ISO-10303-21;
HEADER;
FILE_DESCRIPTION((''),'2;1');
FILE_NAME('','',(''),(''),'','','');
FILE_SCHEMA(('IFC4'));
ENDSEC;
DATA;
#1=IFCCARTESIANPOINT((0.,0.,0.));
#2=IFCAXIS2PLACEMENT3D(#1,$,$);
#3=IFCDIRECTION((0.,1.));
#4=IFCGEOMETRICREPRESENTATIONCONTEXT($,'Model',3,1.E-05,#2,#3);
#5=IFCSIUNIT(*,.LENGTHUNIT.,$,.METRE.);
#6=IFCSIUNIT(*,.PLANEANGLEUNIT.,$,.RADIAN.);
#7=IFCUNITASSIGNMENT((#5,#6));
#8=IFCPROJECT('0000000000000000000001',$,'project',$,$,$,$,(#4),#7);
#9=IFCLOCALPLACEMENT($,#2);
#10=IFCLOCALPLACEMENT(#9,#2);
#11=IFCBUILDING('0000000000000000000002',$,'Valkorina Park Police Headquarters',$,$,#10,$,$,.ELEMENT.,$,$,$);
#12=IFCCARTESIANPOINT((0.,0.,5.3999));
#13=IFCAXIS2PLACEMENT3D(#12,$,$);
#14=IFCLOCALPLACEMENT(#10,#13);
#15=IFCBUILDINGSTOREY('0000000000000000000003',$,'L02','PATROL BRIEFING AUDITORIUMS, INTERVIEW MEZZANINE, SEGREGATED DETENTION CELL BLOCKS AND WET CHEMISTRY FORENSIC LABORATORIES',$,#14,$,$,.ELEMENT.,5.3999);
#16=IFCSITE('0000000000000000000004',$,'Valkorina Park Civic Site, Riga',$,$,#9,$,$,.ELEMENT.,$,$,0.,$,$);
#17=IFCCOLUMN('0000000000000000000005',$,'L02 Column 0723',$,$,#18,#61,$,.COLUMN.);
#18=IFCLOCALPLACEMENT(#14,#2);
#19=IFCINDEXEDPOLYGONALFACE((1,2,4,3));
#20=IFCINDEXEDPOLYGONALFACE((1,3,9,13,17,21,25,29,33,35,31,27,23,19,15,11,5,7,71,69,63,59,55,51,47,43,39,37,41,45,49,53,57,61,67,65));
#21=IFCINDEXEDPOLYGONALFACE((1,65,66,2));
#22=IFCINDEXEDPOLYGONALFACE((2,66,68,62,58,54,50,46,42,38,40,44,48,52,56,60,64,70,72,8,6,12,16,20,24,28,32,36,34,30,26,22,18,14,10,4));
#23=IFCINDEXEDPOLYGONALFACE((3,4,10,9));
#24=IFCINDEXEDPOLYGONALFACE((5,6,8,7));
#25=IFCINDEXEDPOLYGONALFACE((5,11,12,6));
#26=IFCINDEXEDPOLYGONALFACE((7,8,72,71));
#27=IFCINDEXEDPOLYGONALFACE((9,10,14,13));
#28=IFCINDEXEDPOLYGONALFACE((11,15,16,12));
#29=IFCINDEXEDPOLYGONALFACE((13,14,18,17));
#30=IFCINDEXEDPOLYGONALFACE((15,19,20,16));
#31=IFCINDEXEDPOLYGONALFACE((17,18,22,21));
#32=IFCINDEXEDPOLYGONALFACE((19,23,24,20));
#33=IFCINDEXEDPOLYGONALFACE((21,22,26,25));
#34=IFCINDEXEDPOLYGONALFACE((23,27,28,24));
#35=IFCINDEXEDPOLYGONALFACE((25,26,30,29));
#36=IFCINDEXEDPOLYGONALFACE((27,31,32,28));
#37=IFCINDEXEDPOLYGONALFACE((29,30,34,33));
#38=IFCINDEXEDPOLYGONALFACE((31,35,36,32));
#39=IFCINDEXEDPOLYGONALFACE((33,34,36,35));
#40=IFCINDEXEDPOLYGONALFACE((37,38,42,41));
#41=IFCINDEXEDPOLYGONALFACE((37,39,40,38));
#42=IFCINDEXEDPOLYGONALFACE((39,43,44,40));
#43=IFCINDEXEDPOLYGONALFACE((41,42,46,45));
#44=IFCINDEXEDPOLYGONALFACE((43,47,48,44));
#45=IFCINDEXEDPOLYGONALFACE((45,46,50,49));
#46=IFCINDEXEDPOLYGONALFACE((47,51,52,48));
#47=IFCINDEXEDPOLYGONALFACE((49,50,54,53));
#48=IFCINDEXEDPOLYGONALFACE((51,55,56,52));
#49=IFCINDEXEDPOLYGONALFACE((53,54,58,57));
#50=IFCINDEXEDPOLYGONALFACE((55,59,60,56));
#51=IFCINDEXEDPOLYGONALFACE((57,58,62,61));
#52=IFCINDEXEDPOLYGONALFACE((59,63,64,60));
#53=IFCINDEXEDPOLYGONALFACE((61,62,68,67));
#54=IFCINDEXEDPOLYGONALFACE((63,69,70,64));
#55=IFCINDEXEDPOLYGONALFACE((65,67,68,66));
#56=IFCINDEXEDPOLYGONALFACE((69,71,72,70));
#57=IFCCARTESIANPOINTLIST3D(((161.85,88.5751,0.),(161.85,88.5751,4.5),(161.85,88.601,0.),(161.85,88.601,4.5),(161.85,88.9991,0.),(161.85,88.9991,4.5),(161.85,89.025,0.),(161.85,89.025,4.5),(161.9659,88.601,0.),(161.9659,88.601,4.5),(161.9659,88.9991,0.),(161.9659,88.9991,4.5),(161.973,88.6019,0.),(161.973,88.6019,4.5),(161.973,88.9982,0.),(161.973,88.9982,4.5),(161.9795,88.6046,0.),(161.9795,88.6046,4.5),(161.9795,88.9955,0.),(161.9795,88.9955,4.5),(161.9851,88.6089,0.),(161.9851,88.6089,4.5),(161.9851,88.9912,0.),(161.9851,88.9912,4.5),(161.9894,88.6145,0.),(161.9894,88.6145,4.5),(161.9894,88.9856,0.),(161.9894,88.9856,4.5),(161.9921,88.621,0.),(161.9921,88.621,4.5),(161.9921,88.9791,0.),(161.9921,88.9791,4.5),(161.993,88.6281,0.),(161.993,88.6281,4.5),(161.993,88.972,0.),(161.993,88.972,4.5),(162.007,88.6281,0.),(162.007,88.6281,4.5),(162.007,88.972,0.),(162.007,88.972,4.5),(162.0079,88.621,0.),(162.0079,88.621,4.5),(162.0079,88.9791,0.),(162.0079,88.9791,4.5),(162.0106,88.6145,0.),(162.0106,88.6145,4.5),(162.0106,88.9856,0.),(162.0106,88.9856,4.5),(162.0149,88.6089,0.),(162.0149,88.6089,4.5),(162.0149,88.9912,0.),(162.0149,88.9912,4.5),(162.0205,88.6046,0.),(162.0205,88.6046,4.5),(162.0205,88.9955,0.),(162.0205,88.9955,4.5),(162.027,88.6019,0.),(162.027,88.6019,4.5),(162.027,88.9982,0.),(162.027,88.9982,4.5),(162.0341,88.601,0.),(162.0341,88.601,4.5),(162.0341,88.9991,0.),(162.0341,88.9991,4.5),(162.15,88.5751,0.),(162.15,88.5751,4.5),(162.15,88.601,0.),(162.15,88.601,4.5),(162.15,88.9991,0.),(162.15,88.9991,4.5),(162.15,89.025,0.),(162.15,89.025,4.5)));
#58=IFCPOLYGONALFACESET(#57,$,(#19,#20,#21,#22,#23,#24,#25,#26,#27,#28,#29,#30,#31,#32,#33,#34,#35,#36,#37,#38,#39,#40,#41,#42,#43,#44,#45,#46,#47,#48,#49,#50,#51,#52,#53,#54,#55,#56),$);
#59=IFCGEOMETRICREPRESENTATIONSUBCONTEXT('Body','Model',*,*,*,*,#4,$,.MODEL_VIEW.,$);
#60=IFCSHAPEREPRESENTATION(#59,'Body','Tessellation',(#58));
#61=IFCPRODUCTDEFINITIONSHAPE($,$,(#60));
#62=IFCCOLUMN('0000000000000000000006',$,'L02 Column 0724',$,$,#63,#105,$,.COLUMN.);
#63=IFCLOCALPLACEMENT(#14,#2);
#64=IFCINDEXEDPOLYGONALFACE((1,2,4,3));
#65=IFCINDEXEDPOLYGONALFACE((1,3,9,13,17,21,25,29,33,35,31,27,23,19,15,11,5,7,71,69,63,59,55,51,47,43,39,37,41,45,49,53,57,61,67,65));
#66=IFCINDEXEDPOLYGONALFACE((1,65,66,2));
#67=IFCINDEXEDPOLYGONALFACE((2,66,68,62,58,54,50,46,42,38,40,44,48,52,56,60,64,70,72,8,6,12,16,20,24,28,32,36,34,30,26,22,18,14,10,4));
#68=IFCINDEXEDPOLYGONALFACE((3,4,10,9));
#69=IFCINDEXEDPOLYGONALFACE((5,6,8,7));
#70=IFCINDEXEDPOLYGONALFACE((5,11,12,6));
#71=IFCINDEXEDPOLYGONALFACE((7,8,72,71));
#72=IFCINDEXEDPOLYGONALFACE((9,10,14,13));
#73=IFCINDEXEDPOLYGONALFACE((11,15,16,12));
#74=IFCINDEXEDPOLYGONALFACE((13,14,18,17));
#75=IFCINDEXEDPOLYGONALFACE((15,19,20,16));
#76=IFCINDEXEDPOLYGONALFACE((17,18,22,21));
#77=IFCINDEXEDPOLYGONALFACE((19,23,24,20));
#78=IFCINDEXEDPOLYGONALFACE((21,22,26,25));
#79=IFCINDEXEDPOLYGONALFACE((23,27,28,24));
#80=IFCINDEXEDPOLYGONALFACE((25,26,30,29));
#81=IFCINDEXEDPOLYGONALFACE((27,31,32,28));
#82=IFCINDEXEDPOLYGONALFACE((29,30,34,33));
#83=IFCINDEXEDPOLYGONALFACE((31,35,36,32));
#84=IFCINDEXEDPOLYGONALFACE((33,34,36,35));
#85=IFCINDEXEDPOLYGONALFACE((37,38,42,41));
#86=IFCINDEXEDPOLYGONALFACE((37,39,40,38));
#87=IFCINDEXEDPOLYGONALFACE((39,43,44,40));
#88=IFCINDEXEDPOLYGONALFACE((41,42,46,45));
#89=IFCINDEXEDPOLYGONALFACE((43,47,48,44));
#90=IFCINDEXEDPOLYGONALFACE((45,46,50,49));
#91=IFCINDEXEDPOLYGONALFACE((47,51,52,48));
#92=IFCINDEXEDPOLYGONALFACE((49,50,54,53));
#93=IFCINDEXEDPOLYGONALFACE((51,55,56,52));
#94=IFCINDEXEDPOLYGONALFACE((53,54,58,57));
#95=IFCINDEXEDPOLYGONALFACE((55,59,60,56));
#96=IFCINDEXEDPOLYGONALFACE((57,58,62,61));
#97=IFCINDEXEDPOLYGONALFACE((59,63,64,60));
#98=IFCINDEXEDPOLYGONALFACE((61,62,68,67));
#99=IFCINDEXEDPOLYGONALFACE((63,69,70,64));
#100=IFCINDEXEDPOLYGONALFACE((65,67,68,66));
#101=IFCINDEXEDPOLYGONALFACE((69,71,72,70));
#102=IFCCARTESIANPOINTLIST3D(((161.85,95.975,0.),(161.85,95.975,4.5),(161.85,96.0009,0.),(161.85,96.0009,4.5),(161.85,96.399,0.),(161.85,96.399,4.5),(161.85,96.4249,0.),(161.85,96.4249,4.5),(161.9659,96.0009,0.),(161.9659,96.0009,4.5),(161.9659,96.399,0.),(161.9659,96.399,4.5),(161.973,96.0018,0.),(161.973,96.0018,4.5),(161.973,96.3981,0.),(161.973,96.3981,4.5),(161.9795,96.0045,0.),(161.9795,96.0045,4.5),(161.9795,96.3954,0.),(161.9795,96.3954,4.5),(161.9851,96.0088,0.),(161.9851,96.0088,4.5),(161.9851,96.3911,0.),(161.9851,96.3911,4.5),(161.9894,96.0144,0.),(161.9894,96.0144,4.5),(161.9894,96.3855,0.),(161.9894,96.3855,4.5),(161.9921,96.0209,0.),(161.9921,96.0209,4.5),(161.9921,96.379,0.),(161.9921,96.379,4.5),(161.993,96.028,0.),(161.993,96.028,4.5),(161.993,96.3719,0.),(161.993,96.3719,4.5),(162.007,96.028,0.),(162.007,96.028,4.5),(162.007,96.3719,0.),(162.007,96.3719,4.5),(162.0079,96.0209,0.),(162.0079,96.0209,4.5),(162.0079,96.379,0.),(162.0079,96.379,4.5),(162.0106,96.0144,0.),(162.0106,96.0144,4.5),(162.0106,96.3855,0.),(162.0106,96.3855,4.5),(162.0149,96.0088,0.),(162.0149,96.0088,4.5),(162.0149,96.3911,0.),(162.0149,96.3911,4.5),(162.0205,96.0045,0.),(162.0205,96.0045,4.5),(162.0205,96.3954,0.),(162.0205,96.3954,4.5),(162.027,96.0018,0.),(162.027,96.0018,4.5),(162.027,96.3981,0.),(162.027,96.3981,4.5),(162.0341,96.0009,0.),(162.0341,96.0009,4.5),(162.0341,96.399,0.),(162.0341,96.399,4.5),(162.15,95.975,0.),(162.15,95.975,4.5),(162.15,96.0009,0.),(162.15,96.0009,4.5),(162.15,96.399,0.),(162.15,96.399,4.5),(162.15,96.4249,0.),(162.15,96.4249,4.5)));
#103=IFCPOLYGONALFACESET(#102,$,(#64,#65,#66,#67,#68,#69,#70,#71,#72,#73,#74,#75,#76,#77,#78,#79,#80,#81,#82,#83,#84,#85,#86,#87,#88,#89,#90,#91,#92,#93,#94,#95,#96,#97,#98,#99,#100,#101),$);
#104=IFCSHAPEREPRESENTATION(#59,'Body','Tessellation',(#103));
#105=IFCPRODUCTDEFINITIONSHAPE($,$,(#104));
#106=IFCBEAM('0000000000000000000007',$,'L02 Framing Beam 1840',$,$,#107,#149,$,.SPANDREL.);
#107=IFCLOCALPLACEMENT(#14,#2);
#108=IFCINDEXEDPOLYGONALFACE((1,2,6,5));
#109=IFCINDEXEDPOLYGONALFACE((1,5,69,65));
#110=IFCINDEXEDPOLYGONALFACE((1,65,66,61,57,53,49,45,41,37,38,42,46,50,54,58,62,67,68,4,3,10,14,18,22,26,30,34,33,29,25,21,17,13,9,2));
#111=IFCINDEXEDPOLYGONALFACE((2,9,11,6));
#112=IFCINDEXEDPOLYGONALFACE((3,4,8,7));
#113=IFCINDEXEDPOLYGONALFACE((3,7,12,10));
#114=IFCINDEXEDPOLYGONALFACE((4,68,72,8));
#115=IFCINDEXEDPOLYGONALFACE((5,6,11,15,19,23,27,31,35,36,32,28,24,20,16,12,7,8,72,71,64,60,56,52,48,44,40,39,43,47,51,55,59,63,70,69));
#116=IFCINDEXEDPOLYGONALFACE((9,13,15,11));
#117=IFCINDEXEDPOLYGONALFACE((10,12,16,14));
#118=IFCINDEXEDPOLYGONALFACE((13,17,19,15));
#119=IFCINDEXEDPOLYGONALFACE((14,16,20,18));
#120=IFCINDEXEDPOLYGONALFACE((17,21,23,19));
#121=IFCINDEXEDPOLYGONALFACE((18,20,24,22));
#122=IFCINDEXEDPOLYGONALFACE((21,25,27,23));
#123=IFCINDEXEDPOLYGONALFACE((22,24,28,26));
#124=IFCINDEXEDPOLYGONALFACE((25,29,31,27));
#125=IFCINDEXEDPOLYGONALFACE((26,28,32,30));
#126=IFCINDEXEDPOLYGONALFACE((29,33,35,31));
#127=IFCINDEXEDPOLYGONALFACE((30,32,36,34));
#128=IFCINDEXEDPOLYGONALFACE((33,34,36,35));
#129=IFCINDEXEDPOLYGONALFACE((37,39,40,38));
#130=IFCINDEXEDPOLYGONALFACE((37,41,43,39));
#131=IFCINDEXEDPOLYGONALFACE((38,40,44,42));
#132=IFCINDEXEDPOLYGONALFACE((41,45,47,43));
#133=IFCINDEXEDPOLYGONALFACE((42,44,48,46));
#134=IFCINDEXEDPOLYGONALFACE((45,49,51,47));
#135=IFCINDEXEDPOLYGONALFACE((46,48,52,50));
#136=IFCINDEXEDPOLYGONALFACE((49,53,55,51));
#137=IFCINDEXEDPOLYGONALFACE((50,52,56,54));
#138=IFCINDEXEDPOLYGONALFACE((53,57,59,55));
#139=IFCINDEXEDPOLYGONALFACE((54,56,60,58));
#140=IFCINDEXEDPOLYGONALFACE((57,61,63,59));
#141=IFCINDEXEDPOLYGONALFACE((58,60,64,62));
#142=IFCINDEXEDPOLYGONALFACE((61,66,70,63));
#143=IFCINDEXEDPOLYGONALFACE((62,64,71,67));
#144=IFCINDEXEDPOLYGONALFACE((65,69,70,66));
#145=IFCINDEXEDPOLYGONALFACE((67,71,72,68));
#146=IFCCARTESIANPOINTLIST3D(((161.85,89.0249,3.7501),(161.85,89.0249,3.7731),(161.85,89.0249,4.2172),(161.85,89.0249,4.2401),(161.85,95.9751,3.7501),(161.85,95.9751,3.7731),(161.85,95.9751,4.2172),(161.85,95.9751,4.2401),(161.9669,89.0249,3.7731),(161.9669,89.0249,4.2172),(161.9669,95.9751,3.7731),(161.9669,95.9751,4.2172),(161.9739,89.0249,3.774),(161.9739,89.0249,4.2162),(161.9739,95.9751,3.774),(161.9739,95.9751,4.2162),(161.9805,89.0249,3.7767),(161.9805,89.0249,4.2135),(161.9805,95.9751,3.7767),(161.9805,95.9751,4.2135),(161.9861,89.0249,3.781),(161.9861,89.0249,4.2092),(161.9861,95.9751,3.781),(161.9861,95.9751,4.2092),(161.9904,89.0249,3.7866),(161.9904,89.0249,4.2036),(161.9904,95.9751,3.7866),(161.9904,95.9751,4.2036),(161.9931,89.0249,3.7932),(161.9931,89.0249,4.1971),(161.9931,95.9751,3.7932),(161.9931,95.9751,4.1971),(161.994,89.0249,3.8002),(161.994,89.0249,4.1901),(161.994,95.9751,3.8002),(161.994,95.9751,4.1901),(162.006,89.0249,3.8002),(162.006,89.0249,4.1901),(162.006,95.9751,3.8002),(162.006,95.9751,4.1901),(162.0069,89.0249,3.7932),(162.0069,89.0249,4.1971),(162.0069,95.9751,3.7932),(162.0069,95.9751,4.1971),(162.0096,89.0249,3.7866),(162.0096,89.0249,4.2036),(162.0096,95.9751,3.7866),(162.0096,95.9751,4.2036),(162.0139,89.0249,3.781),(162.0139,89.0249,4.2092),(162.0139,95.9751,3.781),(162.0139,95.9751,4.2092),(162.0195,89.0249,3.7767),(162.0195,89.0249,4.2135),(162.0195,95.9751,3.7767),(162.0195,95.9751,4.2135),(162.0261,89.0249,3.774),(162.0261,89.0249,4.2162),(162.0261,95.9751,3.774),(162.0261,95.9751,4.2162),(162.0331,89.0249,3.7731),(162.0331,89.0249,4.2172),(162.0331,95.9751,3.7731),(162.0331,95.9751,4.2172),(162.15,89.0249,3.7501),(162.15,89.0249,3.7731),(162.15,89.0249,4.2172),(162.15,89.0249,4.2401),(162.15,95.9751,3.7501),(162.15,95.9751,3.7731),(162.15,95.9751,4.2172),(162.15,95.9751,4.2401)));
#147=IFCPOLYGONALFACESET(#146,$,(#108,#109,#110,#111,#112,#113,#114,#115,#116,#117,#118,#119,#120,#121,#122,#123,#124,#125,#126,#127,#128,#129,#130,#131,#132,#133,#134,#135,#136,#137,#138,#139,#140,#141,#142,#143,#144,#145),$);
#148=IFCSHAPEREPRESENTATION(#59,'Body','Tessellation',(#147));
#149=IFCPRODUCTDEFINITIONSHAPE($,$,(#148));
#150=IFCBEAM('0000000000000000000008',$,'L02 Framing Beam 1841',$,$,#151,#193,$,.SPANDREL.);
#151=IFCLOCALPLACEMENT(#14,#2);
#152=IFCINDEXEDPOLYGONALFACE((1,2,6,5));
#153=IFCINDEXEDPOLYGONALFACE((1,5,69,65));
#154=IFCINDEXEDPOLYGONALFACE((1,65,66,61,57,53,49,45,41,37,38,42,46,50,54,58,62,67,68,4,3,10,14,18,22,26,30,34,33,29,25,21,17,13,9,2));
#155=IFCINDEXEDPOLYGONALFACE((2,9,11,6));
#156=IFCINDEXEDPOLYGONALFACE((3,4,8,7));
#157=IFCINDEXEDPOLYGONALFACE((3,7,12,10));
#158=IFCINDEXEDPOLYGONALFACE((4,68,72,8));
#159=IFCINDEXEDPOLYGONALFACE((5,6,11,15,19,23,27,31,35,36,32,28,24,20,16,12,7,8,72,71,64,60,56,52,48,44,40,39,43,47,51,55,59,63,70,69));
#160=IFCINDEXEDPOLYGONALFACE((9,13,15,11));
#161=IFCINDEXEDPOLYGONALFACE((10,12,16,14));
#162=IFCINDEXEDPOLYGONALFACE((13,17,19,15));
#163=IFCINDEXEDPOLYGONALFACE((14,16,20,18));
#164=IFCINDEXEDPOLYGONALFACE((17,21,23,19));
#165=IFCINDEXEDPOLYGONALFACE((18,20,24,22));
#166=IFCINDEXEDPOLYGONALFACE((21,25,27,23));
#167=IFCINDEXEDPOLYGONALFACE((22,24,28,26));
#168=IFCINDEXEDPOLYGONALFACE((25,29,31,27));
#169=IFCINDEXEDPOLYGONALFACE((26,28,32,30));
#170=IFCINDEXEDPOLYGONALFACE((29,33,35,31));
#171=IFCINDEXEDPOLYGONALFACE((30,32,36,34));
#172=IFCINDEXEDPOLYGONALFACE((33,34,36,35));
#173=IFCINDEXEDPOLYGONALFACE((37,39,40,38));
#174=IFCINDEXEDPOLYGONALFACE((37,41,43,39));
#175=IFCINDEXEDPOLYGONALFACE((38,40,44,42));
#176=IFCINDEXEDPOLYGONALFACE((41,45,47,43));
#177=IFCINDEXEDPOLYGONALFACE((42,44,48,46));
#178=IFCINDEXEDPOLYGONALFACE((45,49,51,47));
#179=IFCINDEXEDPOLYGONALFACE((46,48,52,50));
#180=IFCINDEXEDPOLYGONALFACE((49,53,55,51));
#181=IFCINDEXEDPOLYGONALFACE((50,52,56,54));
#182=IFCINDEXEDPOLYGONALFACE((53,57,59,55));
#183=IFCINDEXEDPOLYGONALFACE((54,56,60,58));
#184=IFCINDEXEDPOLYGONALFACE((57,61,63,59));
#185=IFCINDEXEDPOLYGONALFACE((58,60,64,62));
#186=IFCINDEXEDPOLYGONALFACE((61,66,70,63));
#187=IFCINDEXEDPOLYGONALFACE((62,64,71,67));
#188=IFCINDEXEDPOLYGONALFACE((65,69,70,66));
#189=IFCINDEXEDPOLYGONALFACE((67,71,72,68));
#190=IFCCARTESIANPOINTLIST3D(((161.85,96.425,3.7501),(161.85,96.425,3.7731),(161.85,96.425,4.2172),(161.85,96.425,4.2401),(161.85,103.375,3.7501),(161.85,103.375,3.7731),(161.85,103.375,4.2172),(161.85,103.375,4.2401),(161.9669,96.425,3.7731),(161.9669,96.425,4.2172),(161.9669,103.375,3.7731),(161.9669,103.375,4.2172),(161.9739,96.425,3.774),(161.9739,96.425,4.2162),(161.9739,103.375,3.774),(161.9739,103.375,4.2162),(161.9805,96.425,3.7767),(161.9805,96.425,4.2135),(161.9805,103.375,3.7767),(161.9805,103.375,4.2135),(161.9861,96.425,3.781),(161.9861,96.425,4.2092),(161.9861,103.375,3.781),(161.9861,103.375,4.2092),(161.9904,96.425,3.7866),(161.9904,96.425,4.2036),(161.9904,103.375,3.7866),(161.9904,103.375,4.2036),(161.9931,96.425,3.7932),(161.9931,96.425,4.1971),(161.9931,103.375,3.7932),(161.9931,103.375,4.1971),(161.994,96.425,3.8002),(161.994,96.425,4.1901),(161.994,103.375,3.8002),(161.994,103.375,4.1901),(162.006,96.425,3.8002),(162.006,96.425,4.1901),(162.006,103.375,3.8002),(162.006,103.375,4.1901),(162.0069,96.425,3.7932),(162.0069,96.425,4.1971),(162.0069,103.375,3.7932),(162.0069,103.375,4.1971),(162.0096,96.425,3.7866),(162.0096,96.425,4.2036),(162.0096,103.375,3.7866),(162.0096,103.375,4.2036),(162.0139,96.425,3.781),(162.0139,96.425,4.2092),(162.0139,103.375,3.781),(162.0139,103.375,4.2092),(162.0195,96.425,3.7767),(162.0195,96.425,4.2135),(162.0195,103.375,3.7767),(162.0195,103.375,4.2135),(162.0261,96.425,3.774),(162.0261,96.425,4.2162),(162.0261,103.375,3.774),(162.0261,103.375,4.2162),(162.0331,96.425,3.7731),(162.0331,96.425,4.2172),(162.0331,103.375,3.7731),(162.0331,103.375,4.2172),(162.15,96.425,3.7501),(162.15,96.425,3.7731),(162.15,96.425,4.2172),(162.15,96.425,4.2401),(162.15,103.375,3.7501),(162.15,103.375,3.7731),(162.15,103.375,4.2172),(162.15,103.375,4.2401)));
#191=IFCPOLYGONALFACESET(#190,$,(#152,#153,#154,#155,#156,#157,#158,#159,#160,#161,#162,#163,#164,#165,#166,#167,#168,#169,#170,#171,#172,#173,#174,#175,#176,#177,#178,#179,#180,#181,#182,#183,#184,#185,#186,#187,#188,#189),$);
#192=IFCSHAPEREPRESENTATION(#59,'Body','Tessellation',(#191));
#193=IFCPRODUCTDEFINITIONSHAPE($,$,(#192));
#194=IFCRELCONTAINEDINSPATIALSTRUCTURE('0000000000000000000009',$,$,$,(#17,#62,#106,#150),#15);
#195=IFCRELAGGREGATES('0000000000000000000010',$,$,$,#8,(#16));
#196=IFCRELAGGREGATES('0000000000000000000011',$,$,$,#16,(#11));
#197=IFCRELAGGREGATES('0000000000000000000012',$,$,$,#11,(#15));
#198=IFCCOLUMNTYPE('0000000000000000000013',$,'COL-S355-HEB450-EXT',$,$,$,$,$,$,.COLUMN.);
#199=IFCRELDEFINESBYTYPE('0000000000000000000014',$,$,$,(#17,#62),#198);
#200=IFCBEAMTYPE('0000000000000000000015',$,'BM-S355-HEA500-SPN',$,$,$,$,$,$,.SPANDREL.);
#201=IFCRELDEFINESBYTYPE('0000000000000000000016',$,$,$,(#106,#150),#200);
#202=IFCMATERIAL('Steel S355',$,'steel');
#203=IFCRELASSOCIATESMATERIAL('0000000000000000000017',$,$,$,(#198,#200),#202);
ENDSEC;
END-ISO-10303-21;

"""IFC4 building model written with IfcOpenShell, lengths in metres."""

from ifc_helpers import new_model, si_unit, direction, frame, origin, origin_2d, place, context, subcontext, project, spatial, i_section, extrude, material, material_profile, profile_set, type_object, element, save


model = new_model("IFC4")

# Units and contexts
model_context = context("Model", 3, precision=1e-05, world=origin(), true_north=direction((0.0, 1.0)))
body_context = subcontext(model_context, "Body", "Model", "MODEL_VIEW")
ifc_project = project(units=[si_unit("LENGTHUNIT", "METRE"), si_unit("PLANEANGLEUNIT", "RADIAN")], contexts=[model_context])

# Site, building, storey
site_placement = place(None, origin())
site = spatial("IfcSite", under=ifc_project, at=site_placement, Name="Valkorina Park Civic Site, Riga", CompositionType="ELEMENT", RefElevation=0.0)
building_placement = place(site_placement, origin())
building = spatial("IfcBuilding", under=site, at=building_placement, Name="Valkorina Park Police Headquarters", CompositionType="ELEMENT")
storey_placement = place(building_placement, frame((0.0, 0.0, 5.3999)))
storey = spatial("IfcBuildingStorey", under=building, at=storey_placement, Name="L02", Description="PATROL BRIEFING AUDITORIUMS, INTERVIEW MEZZANINE, SEGREGATED DETENTION CELL BLOCKS AND WET CHEMISTRY FORENSIC LABORATORIES", CompositionType="ELEMENT", Elevation=5.3999)

# Columns
ifc_material_1 = material(Name="Steel S355", Category="steel")
ifc_material_profile_1 = material_profile(ifc_material_1, i_section(OverallWidth=0.3, OverallDepth=0.45, WebThickness=0.0139, FlangeThickness=0.0259, FilletRadius=0.0271, at=origin_2d()), Name="HEB 450")
ifc_profile_set_1 = profile_set([ifc_material_profile_1], Name="Steel S355")
column_type = type_object("IfcColumnType", Name="COL-S355-HEB450-EXT", PredefinedType="COLUMN", material=ifc_profile_set_1)
for number, where, z_axis, x_axis, name in (
    (1, (162.0, 88.8, 0.0), (0.0, 0.0, 1.0), (1.0, 0.0, 0.0), "L02 Column 0723"),
    (2, (162.0, 96.2, 0.0), (0.0, 0.0, 1.0), (1.0, 0.0, 0.0), "L02 Column 0724"),
):
    element("IfcColumn", number, at=place(storey_placement, frame(where, z_axis=z_axis, x_axis=x_axis)), inside=storey, type_object=column_type, Name=name, PredefinedType="COLUMN", context=body_context, shape_type="SweptSolid", body=[
        extrude(i_section(OverallWidth=0.3, OverallDepth=0.45, WebThickness=0.0139, FlangeThickness=0.0259, FilletRadius=0.0271, at=origin_2d()), origin(), (0.0, 0.0, 1.0), 4.5),
    ])

# Beams
ifc_material_profile_2 = material_profile(ifc_material_1, i_section(OverallWidth=0.3, OverallDepth=0.49, WebThickness=0.012, FlangeThickness=0.0229, FilletRadius=0.0271, at=origin_2d()), Name="HEA 500")
ifc_profile_set_2 = profile_set([ifc_material_profile_2], Name="Steel S355")
beam_type = type_object("IfcBeamType", Name="BM-S355-HEA500-SPN", PredefinedType="SPANDREL", material=ifc_profile_set_2)
beam_1_placement = place(storey_placement, frame((162.0, 89.0249, 3.9951), z_axis=(0.0, 1.0, 0.0), x_axis=(-1.0, 0.0, 0.0)))
element("IfcBeam", 3, at=beam_1_placement, inside=storey, type_object=beam_type, Name="L02 Framing Beam 1840", PredefinedType="SPANDREL", context=body_context, shape_type="SweptSolid", body=[
    extrude(i_section(OverallWidth=0.3, OverallDepth=0.49, WebThickness=0.012, FlangeThickness=0.0229, FilletRadius=0.0271, at=origin_2d()), origin(), (0.0, 0.0, 1.0), 6.9502),
])
beam_2_placement = place(storey_placement, frame((162.0, 96.425, 3.9951), z_axis=(0.0, 1.0, 0.0), x_axis=(-1.0, 0.0, 0.0)))
element("IfcBeam", 4, at=beam_2_placement, inside=storey, type_object=beam_type, Name="L02 Framing Beam 1841", PredefinedType="SPANDREL", context=body_context, shape_type="SweptSolid", body=[
    extrude(i_section(OverallWidth=0.3, OverallDepth=0.49, WebThickness=0.012, FlangeThickness=0.0229, FilletRadius=0.0271, at=origin_2d()), origin(), (0.0, 0.0, 1.0), 6.95),
])

save(model, "model.ifc")
